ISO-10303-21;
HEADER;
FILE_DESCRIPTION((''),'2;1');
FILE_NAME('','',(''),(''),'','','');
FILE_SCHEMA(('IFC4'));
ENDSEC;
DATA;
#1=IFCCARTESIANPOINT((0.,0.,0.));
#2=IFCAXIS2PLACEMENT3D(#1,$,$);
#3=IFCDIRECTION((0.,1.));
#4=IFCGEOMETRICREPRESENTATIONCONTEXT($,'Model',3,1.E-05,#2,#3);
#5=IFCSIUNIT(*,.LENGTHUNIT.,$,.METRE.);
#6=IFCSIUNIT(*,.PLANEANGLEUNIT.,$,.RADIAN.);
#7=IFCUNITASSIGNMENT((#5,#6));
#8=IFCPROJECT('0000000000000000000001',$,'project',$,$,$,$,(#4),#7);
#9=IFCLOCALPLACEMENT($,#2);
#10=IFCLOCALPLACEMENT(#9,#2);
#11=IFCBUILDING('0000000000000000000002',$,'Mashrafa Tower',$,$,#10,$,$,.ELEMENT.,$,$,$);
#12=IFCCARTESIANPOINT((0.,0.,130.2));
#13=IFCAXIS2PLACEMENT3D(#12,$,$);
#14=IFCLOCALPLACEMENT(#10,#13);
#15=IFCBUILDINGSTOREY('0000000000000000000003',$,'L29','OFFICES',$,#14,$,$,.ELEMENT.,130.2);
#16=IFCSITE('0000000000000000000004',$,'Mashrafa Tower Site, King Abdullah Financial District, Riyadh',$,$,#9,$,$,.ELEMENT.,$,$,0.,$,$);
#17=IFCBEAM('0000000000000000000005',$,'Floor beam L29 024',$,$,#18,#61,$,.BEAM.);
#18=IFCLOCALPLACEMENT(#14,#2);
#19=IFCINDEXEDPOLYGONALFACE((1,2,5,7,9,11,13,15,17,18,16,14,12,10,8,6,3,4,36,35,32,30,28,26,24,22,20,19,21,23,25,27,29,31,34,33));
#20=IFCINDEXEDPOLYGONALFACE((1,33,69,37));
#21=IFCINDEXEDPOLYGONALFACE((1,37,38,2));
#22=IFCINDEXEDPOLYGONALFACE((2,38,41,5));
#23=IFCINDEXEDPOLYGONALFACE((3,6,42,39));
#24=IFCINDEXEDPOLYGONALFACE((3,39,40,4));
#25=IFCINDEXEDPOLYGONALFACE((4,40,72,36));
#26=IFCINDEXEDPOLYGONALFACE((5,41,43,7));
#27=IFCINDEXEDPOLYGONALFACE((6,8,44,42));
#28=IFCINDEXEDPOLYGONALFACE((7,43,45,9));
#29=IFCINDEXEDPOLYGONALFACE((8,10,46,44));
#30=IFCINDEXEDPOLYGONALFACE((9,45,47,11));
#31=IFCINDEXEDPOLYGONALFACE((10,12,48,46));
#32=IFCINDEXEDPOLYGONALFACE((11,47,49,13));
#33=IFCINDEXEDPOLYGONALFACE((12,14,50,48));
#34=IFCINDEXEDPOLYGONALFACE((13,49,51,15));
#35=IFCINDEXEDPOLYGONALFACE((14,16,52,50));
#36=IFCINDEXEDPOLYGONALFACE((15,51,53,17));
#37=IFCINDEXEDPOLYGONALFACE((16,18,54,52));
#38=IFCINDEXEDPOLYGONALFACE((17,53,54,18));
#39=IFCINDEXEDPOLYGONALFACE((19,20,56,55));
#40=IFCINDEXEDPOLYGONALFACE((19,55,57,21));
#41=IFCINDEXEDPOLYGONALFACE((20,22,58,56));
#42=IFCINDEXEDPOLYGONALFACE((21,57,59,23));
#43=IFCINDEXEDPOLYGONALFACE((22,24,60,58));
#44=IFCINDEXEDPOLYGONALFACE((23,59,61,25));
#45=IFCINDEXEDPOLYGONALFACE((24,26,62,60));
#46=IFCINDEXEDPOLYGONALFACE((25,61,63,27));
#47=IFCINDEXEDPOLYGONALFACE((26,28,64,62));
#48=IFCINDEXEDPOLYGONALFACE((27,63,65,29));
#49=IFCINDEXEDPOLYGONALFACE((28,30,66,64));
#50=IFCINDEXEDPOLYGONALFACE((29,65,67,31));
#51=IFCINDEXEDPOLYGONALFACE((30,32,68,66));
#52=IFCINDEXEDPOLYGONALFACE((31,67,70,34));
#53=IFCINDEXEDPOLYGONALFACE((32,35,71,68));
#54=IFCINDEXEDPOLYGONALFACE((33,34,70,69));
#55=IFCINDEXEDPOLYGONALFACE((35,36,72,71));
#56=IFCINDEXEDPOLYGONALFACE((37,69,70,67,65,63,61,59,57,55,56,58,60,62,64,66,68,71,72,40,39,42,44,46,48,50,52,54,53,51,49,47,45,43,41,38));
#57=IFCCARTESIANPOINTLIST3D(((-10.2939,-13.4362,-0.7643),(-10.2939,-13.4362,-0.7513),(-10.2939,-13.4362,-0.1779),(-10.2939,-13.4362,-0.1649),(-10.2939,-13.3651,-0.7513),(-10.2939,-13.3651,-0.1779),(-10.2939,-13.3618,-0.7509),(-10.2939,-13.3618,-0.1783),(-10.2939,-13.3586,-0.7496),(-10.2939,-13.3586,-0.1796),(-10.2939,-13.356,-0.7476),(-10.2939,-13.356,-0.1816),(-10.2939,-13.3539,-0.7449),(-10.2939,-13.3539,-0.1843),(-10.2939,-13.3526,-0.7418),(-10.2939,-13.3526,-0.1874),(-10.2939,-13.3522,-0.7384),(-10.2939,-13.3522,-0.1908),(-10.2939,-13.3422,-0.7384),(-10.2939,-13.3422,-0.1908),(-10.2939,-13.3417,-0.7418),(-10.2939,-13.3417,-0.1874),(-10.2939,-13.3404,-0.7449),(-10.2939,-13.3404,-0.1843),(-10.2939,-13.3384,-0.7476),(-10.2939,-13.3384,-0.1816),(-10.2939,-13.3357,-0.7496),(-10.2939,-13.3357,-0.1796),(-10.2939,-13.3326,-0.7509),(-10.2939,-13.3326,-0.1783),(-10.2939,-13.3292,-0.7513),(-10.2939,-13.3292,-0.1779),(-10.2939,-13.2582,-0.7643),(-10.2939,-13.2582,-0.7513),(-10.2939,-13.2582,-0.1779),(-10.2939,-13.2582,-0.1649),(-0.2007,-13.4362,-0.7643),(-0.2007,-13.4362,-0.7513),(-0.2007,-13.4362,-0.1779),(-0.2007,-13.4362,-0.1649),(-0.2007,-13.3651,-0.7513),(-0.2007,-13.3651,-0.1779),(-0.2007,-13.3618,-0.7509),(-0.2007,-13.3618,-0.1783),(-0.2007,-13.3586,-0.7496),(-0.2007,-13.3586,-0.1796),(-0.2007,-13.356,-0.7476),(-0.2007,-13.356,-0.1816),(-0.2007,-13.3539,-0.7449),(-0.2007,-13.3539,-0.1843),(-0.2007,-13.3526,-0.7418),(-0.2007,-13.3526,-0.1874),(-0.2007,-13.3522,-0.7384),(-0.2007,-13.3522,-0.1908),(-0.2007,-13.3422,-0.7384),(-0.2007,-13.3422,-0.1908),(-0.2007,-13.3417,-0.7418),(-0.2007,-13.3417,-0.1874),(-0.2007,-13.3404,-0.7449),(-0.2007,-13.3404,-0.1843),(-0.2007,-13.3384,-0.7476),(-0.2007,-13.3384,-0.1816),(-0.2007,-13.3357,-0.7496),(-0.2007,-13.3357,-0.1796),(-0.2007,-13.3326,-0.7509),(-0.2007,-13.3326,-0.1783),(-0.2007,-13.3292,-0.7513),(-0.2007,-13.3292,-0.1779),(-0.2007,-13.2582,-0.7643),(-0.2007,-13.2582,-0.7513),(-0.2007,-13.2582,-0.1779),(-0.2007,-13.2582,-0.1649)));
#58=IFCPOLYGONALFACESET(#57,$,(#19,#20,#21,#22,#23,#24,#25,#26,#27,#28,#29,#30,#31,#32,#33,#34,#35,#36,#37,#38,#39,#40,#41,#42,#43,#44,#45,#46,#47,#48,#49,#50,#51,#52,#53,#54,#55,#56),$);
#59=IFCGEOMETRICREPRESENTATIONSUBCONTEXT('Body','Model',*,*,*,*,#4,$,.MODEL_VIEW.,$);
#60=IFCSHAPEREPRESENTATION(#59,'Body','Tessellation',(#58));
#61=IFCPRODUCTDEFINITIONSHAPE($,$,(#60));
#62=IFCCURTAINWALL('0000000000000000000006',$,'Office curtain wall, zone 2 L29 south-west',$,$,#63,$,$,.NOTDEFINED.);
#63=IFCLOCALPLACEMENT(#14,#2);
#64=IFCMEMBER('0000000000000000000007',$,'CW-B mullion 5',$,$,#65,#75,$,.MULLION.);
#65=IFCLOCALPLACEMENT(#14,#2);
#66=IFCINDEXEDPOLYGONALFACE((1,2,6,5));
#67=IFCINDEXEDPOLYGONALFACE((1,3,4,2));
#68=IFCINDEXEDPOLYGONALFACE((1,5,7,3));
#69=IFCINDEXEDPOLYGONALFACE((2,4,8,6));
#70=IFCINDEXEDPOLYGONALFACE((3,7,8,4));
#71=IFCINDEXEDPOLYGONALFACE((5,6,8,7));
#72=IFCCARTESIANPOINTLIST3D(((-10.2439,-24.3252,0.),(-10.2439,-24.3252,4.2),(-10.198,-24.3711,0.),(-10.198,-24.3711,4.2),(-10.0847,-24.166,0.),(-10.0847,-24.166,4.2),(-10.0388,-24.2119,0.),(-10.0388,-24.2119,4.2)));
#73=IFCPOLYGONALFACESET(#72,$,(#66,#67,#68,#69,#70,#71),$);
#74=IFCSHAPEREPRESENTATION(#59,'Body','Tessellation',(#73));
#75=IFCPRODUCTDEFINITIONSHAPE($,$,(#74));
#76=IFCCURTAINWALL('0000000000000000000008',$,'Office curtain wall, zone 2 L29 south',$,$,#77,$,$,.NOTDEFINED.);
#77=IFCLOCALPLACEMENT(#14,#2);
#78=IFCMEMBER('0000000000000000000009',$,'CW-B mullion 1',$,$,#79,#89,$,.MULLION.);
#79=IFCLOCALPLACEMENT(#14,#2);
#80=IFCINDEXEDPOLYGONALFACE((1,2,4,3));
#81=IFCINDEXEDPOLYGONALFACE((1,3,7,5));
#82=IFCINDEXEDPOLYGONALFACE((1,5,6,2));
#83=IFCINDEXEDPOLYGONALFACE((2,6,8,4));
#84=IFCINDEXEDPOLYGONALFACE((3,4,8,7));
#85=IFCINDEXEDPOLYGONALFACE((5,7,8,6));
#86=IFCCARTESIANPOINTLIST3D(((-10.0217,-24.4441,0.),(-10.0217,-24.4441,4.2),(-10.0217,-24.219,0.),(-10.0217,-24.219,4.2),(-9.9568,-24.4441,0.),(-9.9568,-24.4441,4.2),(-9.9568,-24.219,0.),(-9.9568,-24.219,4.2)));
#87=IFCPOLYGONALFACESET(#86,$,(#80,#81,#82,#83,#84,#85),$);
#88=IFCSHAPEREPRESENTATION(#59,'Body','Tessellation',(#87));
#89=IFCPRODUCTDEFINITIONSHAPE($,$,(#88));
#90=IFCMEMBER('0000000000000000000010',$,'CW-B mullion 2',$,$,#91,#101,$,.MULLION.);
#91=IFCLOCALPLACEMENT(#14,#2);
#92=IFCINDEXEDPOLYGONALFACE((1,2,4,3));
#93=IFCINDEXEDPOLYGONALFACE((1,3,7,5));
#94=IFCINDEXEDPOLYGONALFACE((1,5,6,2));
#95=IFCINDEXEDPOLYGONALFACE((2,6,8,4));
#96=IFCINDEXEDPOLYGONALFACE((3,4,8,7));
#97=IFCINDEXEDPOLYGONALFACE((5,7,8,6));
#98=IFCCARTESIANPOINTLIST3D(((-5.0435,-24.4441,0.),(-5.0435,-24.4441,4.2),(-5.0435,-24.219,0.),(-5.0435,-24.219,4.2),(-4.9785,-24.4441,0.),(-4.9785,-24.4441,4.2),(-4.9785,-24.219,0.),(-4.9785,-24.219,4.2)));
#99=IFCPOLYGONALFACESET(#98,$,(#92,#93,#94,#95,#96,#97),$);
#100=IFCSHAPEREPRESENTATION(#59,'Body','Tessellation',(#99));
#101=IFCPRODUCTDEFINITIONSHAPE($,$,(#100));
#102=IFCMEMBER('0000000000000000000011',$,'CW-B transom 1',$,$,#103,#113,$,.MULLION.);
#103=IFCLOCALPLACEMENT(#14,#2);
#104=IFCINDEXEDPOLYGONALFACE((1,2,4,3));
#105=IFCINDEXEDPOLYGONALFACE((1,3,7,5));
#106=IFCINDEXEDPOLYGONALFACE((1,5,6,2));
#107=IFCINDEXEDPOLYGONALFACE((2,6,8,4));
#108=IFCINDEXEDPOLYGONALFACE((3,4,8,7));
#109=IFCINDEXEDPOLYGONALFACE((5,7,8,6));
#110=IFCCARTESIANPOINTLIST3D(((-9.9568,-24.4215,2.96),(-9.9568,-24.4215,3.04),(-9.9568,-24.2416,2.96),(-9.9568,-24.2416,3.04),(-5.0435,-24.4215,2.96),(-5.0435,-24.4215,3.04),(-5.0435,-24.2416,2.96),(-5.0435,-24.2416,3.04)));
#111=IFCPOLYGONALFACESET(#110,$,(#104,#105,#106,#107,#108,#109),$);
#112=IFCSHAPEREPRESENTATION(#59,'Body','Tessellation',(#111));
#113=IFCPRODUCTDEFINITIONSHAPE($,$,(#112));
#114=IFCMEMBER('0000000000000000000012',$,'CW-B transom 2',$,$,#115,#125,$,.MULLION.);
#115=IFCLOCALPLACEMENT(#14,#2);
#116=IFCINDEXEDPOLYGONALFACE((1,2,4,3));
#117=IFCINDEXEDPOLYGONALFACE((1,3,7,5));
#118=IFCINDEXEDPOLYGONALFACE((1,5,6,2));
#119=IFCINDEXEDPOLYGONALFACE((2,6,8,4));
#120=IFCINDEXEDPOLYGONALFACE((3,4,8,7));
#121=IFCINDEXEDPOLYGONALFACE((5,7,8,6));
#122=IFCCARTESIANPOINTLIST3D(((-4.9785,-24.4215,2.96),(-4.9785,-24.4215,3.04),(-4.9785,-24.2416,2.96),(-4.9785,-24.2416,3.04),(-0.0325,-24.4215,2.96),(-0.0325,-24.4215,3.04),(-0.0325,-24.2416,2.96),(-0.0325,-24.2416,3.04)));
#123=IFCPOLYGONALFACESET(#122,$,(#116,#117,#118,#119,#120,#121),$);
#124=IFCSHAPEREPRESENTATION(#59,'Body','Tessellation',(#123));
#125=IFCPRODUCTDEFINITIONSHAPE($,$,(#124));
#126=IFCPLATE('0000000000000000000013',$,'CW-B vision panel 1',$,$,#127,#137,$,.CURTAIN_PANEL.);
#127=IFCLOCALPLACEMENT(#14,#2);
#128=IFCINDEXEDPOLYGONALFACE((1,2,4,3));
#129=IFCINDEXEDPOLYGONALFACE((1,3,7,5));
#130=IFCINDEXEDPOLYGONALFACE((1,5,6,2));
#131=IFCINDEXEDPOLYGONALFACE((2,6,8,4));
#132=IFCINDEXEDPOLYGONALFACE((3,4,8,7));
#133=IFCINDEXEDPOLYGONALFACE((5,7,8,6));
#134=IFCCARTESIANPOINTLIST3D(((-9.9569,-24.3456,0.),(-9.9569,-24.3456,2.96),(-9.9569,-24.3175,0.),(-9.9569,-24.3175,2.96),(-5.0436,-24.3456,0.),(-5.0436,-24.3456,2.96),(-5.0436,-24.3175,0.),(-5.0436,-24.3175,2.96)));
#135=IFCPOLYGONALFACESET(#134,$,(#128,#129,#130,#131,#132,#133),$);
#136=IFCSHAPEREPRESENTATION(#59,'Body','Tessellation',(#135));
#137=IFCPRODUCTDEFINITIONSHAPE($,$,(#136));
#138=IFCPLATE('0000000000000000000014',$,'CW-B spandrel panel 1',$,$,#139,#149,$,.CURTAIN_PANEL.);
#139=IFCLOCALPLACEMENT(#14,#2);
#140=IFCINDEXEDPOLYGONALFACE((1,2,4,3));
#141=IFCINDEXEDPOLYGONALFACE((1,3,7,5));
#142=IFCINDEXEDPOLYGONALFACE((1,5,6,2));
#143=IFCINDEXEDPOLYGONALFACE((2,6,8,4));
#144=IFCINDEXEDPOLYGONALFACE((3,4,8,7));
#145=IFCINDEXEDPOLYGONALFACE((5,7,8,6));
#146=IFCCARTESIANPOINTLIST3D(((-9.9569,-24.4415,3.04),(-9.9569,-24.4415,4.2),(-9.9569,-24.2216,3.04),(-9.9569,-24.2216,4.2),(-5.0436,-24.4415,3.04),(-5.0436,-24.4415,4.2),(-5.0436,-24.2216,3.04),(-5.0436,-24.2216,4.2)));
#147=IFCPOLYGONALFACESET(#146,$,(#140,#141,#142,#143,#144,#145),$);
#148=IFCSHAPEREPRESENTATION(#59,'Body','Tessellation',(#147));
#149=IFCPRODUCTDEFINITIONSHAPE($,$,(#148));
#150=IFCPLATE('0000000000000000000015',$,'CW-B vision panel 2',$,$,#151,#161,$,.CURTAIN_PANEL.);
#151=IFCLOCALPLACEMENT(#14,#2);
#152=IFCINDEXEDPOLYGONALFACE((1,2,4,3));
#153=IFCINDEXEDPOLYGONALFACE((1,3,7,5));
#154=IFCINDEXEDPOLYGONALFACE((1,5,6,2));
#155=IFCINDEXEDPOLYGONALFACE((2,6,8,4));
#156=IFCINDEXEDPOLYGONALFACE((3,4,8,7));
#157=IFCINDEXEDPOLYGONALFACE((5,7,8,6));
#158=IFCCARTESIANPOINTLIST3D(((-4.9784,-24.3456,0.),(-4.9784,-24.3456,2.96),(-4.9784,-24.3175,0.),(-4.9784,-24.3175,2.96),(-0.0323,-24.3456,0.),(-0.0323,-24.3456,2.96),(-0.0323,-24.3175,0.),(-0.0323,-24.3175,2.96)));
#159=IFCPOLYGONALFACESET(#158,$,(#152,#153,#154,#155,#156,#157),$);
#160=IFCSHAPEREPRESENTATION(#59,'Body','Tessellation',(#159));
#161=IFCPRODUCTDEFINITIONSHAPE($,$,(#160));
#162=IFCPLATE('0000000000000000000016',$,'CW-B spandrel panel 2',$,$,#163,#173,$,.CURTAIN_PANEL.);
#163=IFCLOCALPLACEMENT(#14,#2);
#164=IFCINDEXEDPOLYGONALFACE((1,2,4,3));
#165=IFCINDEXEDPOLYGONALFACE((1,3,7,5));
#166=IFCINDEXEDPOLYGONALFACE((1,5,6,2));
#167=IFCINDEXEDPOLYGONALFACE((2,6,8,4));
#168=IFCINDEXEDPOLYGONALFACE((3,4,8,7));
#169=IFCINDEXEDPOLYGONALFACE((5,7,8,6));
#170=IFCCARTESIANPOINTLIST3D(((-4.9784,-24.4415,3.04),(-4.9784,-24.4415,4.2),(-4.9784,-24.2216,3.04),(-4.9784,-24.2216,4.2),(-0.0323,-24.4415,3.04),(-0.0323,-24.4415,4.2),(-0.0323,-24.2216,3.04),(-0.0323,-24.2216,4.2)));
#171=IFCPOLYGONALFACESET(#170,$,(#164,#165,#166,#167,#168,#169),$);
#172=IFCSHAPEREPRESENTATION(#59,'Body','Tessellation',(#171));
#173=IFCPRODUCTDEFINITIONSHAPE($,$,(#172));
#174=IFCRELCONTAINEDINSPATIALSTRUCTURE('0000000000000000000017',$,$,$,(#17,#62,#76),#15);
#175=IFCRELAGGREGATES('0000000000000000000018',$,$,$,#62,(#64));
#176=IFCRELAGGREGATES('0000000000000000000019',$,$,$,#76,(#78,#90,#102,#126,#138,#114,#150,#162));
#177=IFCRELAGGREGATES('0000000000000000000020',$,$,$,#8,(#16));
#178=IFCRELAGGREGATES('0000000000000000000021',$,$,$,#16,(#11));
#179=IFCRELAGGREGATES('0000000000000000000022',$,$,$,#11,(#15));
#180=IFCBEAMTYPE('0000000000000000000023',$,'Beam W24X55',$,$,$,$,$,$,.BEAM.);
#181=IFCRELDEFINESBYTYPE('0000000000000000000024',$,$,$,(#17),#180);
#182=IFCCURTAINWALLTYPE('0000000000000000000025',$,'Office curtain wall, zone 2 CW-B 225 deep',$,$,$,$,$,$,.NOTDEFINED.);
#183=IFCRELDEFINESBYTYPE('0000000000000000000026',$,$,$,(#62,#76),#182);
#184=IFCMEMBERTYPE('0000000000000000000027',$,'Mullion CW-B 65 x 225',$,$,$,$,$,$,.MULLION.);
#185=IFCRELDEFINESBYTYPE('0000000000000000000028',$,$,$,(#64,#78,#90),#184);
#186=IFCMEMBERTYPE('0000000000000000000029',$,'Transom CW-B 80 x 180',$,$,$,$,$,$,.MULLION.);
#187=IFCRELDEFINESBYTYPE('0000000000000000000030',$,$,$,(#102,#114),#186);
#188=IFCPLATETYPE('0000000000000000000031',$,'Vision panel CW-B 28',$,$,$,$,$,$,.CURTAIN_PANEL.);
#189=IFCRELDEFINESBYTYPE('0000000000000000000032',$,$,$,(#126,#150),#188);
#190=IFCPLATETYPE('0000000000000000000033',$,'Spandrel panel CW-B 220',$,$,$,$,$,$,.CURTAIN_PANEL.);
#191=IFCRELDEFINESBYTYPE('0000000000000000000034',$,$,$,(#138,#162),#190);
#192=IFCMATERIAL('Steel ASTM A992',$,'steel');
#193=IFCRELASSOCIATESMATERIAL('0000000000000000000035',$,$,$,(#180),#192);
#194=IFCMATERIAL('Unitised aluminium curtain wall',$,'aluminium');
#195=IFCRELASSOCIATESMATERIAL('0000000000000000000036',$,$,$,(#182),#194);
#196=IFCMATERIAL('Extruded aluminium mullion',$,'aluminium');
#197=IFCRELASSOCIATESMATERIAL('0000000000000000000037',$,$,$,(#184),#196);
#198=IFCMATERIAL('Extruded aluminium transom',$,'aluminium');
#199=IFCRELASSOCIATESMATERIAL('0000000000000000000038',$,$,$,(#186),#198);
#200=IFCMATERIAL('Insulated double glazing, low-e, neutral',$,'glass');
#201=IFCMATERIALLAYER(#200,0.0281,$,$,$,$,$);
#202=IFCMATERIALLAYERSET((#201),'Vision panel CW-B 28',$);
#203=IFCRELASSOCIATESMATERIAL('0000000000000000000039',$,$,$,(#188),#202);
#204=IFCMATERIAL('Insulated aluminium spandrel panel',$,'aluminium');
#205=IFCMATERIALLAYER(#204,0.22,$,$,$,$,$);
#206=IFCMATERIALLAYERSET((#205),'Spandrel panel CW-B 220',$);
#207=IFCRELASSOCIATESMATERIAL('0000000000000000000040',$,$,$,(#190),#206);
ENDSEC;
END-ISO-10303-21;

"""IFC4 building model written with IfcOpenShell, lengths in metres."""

from ifc_helpers import new_model, si_unit, direction, frame, origin, origin_2d, place, context, subcontext, project, spatial, rectangle, i_section, extrude, source, transform, mapped, material, layer, layer_set, material_profile, profile_set, type_object, type_shapes, element, aggregate, save


model = new_model("IFC4")

# Units and contexts
model_context = context("Model", 3, precision=1e-05, world=origin(), true_north=direction((0.0, 1.0)))
body_context = subcontext(model_context, "Body", "Model", "MODEL_VIEW")
ifc_project = project(units=[si_unit("LENGTHUNIT", "METRE"), si_unit("PLANEANGLEUNIT", "RADIAN")], contexts=[model_context])

# Site, building, storey
site_placement = place(None, origin())
site = spatial("IfcSite", under=ifc_project, at=site_placement, Name="Mashrafa Tower Site, King Abdullah Financial District, Riyadh", CompositionType="ELEMENT", RefElevation=0.0)
building_placement = place(site_placement, origin())
building = spatial("IfcBuilding", under=site, at=building_placement, Name="Mashrafa Tower", CompositionType="ELEMENT")
storey_placement = place(building_placement, frame((0.0, 0.0, 130.2)))
storey = spatial("IfcBuildingStorey", under=building, at=storey_placement, Name="L29", Description="OFFICES", CompositionType="ELEMENT", Elevation=130.2)

# Beam
ifc_material_1 = material(Name="Steel ASTM A992", Category="steel")
ifc_material_profile_1 = material_profile(ifc_material_1, i_section(OverallWidth=0.178, OverallDepth=0.5994, WebThickness=0.01, FlangeThickness=0.0129, FilletRadius=0.0129, at=origin_2d()), Name="W24X55")
ifc_profile_set_1 = profile_set([ifc_material_profile_1], Name="Steel ASTM A992")
beam_type_1 = type_object("IfcBeamType", Name="Beam W24X55", PredefinedType="BEAM", material=ifc_profile_set_1)
beam_1_placement = place(storey_placement, frame((-0.2007, -13.3472, -0.4646), z_axis=(-1.0, 0.0, 0.0), x_axis=(0.0, -1.0, 0.0)))
element("IfcBeam", 1, at=beam_1_placement, inside=storey, type_object=beam_type_1, Name="Floor beam L29 024", PredefinedType="BEAM", context=body_context, shape_type="SweptSolid", body=[
    extrude(i_section(OverallWidth=0.178, OverallDepth=0.5994, WebThickness=0.01, FlangeThickness=0.0129, FilletRadius=0.0129, at=origin_2d()), origin(), (0.0, 0.0, 1.0), 10.0933),
])

# Curtain wall, member
ifc_material_2 = material(Name="Unitised aluminium curtain wall", Category="aluminium")
curtain_wall_type = type_object("IfcCurtainWallType", Name="Office curtain wall, zone 2 CW-B 225 deep", PredefinedType="NOTDEFINED", material=ifc_material_2)
curtain_wall_1_placement = place(storey_placement, origin())
curtain_wall_1 = element("IfcCurtainWall", 2, at=curtain_wall_1_placement, inside=storey, type_object=curtain_wall_type, Name="Office curtain wall, zone 2 L29 south-west", PredefinedType="NOTDEFINED")
ifc_material_3 = material(Name="Extruded aluminium mullion", Category="aluminium")
ifc_material_profile_2 = material_profile(ifc_material_3, rectangle(XDim=0.2251, YDim=0.0649, at=origin_2d()), Name="Mullion 65x225")
ifc_profile_set_2 = profile_set([ifc_material_profile_2], Name="Extruded aluminium mullion")
member_type_1 = type_object("IfcMemberType", Name="Mullion CW-B 65 x 225", PredefinedType="MULLION", material=ifc_profile_set_2)
shared_shape_1 = source(origin(), body_context, "Body", "SweptSolid", [
    extrude(rectangle(XDim=0.2251, YDim=0.0649, at=origin_2d()), origin(), (0.0, 0.0, 1.0), 4.2),
])
type_shapes(member_type_1, [shared_shape_1])
member_1_placement = place(storey_placement, frame((-10.1414, -24.2686, 0.0), z_axis=(0.0, 0.0, 1.0), x_axis=(0.707107, 0.707107, 0.0)))
member_1 = element("IfcMember", 3, at=member_1_placement, type_object=member_type_1, Name="CW-B mullion 5", PredefinedType="MULLION", context=body_context, shape_type="MappedRepresentation", body=[
    mapped(shared_shape_1, transform((0.0, 0.0, 0.0))),
])
aggregate(curtain_wall_1, [member_1])

# Curtain wall, members, plates
curtain_wall_2_placement = place(storey_placement, origin())
curtain_wall_2 = element("IfcCurtainWall", 4, at=curtain_wall_2_placement, inside=storey, type_object=curtain_wall_type, Name="Office curtain wall, zone 2 L29 south", PredefinedType="NOTDEFINED")
member_2_placement = place(storey_placement, frame((-9.9893, -24.3315, 0.0), z_axis=(0.0, 0.0, 1.0), x_axis=(0.0, 1.0, 0.0)))
member_2 = element("IfcMember", 5, at=member_2_placement, type_object=member_type_1, Name="CW-B mullion 1", PredefinedType="MULLION", context=body_context, shape_type="MappedRepresentation", body=[
    mapped(shared_shape_1, transform((0.0, 0.0, 0.0))),
])
member_3_placement = place(storey_placement, frame((-5.011, -24.3315, 0.0), z_axis=(0.0, 0.0, 1.0), x_axis=(0.0, 1.0, 0.0)))
member_3 = element("IfcMember", 6, at=member_3_placement, type_object=member_type_1, Name="CW-B mullion 2", PredefinedType="MULLION", context=body_context, shape_type="MappedRepresentation", body=[
    mapped(shared_shape_1, transform((0.0, 0.0, 0.0))),
])
ifc_material_4 = material(Name="Extruded aluminium transom", Category="aluminium")
ifc_material_profile_3 = material_profile(ifc_material_4, rectangle(XDim=0.1799, YDim=0.0801, at=origin_2d()), Name="Transom 80x180")
ifc_profile_set_3 = profile_set([ifc_material_profile_3], Name="Extruded aluminium transom")
member_type_2 = type_object("IfcMemberType", Name="Transom CW-B 80 x 180", PredefinedType="MULLION", material=ifc_profile_set_3)
shared_shape_2 = source(origin(), body_context, "Body", "SweptSolid", [
    extrude(rectangle(XDim=0.1799, YDim=0.0801, at=origin_2d()), origin(), (0.0, 0.0, 1.0), 4.9133),
])
member_4_placement = place(storey_placement, frame((-9.9568, -24.3315, 3.0), z_axis=(1.0, 0.0, 0.0), x_axis=(0.0, 1.0, 0.0)))
member_4 = element("IfcMember", 7, at=member_4_placement, type_object=member_type_2, Name="CW-B transom 1", PredefinedType="MULLION", context=body_context, shape_type="MappedRepresentation", body=[
    mapped(shared_shape_2, transform((0.0, 0.0, 0.0))),
])
shared_shape_3 = source(origin(), body_context, "Body", "SweptSolid", [
    extrude(rectangle(XDim=0.1799, YDim=0.0801, at=origin_2d()), origin(), (0.0, 0.0, 1.0), 4.946),
])
type_shapes(member_type_2, [shared_shape_2, shared_shape_3])
member_5_placement = place(storey_placement, frame((-4.9785, -24.3315, 3.0), z_axis=(1.0, 0.0, 0.0), x_axis=(0.0, 1.0, 0.0)))
member_5 = element("IfcMember", 8, at=member_5_placement, type_object=member_type_2, Name="CW-B transom 2", PredefinedType="MULLION", context=body_context, shape_type="MappedRepresentation", body=[
    mapped(shared_shape_3, transform((0.0, 0.0, 0.0))),
])
ifc_material_5 = material(Name="Insulated double glazing, low-e, neutral", Category="glass")
ifc_layer_1 = layer(ifc_material_5, 0.0281)
ifc_layer_set_1 = layer_set([ifc_layer_1], Name="Vision panel CW-B 28")
plate_type_1 = type_object("IfcPlateType", Name="Vision panel CW-B 28", PredefinedType="CURTAIN_PANEL", material=ifc_layer_set_1)
shared_shape_4 = source(origin(), body_context, "Body", "SweptSolid", [
    extrude(rectangle(XDim=4.9133, YDim=0.0281, at=origin_2d()), origin(), (0.0, 0.0, 1.0), 2.96),
])
plate_1_placement = place(storey_placement, frame((-7.5002, -24.3315, 0.0), z_axis=(0.0, 0.0, 1.0), x_axis=(1.0, 0.0, 0.0)))
plate_1 = element("IfcPlate", 9, at=plate_1_placement, type_object=plate_type_1, Name="CW-B vision panel 1", PredefinedType="CURTAIN_PANEL", context=body_context, shape_type="MappedRepresentation", body=[
    mapped(shared_shape_4, transform((0.0, 0.0, 0.0))),
])
ifc_material_6 = material(Name="Insulated aluminium spandrel panel", Category="aluminium")
ifc_layer_2 = layer(ifc_material_6, 0.22)
ifc_layer_set_2 = layer_set([ifc_layer_2], Name="Spandrel panel CW-B 220")
plate_type_2 = type_object("IfcPlateType", Name="Spandrel panel CW-B 220", PredefinedType="CURTAIN_PANEL", material=ifc_layer_set_2)
shared_shape_5 = source(origin(), body_context, "Body", "SweptSolid", [
    extrude(rectangle(XDim=4.9133, YDim=0.22, at=origin_2d()), origin(), (0.0, 0.0, 1.0), 1.1599),
])
plate_2_placement = place(storey_placement, frame((-7.5002, -24.3315, 3.04), z_axis=(0.0, 0.0, 1.0), x_axis=(1.0, 0.0, 0.0)))
plate_2 = element("IfcPlate", 10, at=plate_2_placement, type_object=plate_type_2, Name="CW-B spandrel panel 1", PredefinedType="CURTAIN_PANEL", context=body_context, shape_type="MappedRepresentation", body=[
    mapped(shared_shape_5, transform((0.0, 0.0, 0.0))),
])
shared_shape_6 = source(origin(), body_context, "Body", "SweptSolid", [
    extrude(rectangle(XDim=4.946, YDim=0.0281, at=origin_2d()), origin(), (0.0, 0.0, 1.0), 2.96),
])
type_shapes(plate_type_1, [shared_shape_4, shared_shape_6])
plate_3_placement = place(storey_placement, frame((-2.5054, -24.3315, 0.0), z_axis=(0.0, 0.0, 1.0), x_axis=(1.0, 0.0, 0.0)))
plate_3 = element("IfcPlate", 11, at=plate_3_placement, type_object=plate_type_1, Name="CW-B vision panel 2", PredefinedType="CURTAIN_PANEL", context=body_context, shape_type="MappedRepresentation", body=[
    mapped(shared_shape_6, transform((0.0, 0.0, 0.0))),
])
shared_shape_7 = source(origin(), body_context, "Body", "SweptSolid", [
    extrude(rectangle(XDim=4.946, YDim=0.22, at=origin_2d()), origin(), (0.0, 0.0, 1.0), 1.1599),
])
type_shapes(plate_type_2, [shared_shape_5, shared_shape_7])
plate_4_placement = place(storey_placement, frame((-2.5054, -24.3315, 3.04), z_axis=(0.0, 0.0, 1.0), x_axis=(1.0, 0.0, 0.0)))
plate_4 = element("IfcPlate", 12, at=plate_4_placement, type_object=plate_type_2, Name="CW-B spandrel panel 2", PredefinedType="CURTAIN_PANEL", context=body_context, shape_type="MappedRepresentation", body=[
    mapped(shared_shape_7, transform((0.0, 0.0, 0.0))),
])
aggregate(curtain_wall_2, [member_2, member_3, member_4, plate_1, plate_2, member_5, plate_3, plate_4])

save(model, "model.ifc")
